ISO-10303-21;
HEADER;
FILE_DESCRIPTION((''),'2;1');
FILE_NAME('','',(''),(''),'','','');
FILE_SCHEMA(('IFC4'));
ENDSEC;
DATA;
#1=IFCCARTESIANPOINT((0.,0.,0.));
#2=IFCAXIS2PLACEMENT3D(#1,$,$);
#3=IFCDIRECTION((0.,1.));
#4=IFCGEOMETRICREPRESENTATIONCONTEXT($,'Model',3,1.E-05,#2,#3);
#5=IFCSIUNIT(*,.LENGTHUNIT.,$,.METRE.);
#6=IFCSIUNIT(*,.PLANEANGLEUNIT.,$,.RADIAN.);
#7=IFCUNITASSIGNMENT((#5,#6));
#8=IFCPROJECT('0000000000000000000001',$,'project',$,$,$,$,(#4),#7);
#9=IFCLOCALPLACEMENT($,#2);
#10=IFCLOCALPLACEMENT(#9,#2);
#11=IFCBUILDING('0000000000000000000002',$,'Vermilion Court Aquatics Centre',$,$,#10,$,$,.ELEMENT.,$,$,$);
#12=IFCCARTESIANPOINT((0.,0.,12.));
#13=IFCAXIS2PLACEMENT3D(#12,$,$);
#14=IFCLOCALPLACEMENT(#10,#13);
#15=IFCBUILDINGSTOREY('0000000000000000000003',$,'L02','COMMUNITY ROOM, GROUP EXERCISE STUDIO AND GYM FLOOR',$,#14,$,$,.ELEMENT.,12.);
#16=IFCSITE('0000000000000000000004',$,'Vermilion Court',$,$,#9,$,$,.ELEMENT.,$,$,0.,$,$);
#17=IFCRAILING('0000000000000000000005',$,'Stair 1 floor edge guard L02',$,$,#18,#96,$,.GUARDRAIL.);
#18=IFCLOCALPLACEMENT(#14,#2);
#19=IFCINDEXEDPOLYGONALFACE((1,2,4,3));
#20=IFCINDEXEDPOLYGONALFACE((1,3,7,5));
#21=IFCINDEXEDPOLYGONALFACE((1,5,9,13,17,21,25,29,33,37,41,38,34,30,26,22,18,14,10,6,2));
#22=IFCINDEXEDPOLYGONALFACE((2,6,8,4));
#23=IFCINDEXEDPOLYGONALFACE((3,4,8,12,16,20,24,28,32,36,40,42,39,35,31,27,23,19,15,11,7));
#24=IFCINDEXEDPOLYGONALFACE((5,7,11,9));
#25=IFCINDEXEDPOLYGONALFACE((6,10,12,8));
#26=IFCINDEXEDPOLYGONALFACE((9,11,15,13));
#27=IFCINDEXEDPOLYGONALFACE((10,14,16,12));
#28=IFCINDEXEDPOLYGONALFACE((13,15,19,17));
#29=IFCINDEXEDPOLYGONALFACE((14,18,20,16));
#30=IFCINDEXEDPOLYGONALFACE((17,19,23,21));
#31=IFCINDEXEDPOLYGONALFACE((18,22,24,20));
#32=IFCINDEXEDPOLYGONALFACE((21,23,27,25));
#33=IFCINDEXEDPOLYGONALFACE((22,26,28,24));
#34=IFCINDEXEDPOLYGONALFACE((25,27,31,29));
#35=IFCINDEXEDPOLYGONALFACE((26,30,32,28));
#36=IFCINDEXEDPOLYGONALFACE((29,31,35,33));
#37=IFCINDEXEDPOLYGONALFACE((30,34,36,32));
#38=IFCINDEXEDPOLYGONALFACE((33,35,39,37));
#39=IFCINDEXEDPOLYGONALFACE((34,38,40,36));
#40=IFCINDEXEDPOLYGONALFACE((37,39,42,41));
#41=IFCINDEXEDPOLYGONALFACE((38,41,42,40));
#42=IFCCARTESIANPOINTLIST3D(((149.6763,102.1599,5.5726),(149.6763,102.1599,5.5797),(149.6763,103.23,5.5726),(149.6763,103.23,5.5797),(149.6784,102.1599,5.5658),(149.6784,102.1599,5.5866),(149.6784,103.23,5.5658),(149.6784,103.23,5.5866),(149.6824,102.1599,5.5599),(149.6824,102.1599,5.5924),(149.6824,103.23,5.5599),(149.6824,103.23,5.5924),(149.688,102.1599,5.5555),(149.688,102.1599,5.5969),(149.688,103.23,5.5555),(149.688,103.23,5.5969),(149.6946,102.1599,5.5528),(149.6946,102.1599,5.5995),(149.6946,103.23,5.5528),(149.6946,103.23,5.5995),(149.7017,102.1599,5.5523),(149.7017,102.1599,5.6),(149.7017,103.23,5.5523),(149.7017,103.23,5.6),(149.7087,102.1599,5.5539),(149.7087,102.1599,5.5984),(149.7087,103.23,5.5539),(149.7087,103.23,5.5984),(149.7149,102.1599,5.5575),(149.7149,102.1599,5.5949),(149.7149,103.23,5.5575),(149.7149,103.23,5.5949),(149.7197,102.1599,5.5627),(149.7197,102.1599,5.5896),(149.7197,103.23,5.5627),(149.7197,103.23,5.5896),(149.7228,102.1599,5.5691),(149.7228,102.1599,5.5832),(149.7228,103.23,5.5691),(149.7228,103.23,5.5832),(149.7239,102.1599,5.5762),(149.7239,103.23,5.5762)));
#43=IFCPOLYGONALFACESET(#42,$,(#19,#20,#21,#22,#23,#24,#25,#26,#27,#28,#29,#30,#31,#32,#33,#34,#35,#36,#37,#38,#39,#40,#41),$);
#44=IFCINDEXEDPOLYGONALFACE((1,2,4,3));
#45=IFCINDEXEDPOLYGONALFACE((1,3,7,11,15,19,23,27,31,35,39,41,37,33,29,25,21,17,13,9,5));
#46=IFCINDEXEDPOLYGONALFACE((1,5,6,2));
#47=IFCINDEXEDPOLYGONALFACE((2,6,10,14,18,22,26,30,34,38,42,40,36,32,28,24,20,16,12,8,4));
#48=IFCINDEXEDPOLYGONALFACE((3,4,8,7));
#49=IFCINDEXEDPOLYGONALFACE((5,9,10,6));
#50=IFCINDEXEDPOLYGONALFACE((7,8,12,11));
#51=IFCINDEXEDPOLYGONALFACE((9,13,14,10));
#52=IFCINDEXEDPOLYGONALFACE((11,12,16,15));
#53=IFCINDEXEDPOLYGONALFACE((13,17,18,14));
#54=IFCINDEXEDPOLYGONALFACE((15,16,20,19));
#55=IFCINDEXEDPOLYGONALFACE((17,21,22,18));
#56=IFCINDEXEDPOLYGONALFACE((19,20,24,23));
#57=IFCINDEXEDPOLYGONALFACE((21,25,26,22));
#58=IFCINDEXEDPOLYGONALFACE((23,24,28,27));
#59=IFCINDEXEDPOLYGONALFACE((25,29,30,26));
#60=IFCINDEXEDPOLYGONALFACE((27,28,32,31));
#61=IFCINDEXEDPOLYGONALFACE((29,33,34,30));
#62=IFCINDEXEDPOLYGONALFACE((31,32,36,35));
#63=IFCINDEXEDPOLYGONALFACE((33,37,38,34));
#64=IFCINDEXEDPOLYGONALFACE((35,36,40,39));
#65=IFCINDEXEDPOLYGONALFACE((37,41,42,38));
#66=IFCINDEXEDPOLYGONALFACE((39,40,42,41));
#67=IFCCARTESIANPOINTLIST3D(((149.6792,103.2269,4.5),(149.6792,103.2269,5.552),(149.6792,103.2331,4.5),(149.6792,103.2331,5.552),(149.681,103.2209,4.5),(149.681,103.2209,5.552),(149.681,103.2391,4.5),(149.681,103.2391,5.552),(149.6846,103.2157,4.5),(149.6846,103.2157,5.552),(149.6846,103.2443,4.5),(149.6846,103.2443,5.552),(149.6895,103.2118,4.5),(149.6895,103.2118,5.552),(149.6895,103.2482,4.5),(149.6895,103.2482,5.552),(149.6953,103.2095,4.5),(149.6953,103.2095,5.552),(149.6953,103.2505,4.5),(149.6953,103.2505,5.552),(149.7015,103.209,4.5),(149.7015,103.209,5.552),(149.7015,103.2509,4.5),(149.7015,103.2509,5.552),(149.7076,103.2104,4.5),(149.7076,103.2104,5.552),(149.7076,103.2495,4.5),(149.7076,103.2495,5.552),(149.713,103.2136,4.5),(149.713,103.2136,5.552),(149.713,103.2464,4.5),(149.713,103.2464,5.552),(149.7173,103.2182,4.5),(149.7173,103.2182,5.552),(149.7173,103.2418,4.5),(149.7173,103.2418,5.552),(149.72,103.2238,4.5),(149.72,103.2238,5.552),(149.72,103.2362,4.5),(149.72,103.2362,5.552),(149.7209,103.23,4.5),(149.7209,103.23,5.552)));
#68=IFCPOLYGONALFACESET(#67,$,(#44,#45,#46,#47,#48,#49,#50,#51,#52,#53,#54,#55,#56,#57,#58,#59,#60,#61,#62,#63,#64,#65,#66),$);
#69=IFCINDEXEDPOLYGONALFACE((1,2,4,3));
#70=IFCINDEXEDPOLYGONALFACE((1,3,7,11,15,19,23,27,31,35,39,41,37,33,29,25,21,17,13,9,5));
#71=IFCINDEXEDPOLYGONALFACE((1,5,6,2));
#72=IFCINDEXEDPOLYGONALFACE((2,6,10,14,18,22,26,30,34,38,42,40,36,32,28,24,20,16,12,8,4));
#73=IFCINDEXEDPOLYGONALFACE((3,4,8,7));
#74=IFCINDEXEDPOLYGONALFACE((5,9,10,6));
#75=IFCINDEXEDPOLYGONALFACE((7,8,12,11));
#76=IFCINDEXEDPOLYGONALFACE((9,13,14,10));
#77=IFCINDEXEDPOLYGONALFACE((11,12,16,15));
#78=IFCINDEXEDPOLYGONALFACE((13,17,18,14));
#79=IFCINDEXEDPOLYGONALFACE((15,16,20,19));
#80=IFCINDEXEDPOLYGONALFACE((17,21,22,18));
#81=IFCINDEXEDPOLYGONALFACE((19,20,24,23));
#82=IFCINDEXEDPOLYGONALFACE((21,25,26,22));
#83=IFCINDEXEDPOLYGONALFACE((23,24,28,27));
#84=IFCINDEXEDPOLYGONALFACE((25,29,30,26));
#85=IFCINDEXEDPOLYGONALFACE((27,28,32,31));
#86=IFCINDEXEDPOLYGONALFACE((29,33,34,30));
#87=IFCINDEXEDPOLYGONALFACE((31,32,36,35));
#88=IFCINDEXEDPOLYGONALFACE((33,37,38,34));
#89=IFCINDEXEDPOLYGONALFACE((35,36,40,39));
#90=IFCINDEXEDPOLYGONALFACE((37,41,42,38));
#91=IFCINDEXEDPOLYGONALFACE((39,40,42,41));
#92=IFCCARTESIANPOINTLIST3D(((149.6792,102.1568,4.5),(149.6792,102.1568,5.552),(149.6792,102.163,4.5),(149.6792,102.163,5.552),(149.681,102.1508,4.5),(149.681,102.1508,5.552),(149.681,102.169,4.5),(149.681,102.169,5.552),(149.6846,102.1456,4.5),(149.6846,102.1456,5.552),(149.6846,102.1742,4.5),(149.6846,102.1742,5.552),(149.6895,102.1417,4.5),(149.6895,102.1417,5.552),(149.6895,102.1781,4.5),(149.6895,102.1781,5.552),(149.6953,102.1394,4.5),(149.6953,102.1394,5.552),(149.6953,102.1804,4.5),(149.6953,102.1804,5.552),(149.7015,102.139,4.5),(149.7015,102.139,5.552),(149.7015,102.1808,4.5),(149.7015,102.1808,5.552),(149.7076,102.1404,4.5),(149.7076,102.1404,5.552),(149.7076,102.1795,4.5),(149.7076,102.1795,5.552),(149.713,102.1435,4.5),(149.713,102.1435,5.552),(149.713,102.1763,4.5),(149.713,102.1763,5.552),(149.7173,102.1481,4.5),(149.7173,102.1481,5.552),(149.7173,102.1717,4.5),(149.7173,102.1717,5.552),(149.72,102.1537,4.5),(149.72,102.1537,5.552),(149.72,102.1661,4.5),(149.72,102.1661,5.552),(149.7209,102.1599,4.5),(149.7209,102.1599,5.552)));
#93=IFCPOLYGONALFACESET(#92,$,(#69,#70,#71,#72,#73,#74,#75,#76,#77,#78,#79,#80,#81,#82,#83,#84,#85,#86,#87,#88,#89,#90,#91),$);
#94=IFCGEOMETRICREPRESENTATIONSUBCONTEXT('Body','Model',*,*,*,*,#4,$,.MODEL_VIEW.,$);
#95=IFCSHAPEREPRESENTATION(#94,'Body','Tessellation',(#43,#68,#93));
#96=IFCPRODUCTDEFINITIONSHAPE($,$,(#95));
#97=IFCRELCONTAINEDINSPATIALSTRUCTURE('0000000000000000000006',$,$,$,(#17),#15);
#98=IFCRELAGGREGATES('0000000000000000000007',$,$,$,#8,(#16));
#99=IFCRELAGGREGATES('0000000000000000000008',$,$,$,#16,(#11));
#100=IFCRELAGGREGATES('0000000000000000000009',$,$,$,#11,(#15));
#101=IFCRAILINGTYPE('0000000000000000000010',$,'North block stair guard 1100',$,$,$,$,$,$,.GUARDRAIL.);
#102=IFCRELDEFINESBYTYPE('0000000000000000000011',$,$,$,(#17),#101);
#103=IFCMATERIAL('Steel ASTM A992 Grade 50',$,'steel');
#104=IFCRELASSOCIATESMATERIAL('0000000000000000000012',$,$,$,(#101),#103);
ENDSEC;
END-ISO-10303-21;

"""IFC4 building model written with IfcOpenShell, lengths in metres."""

from ifc_helpers import new_model, si_unit, direction, frame, origin, origin_2d, place, context, subcontext, project, spatial, circle, extrude, material, type_object, element, save


model = new_model("IFC4")

# Units and contexts
model_context = context("Model", 3, precision=1e-05, world=origin(), true_north=direction((0.0, 1.0)))
body_context = subcontext(model_context, "Body", "Model", "MODEL_VIEW")
ifc_project = project(units=[si_unit("LENGTHUNIT", "METRE"), si_unit("PLANEANGLEUNIT", "RADIAN")], contexts=[model_context])

# Site, building, storey
site_placement = place(None, origin())
site = spatial("IfcSite", under=ifc_project, at=site_placement, Name="Vermilion Court", CompositionType="ELEMENT", RefElevation=0.0)
building_placement = place(site_placement, origin())
building = spatial("IfcBuilding", under=site, at=building_placement, Name="Vermilion Court Aquatics Centre", CompositionType="ELEMENT")
storey_placement = place(building_placement, frame((0.0, 0.0, 12.0)))
storey = spatial("IfcBuildingStorey", under=building, at=storey_placement, Name="L02", Description="COMMUNITY ROOM, GROUP EXERCISE STUDIO AND GYM FLOOR", CompositionType="ELEMENT", Elevation=12.0)

# Railing
ifc_material_1 = material(Name="Steel ASTM A992 Grade 50", Category="steel")
railing_type_1 = type_object("IfcRailingType", Name="North block stair guard 1100", PredefinedType="GUARDRAIL", material=ifc_material_1)
railing_1_placement = place(storey_placement, frame((149.7, 103.23, 4.5)))
element("IfcRailing", 1, at=railing_1_placement, inside=storey, type_object=railing_type_1, Name="Stair 1 floor edge guard L02", PredefinedType="GUARDRAIL", context=body_context, shape_type="SweptSolid", body=[
    extrude(circle(Radius=0.0239, at=origin_2d()), frame((0.0, 0.0, 1.0762), z_axis=(0.0, -1.0, 0.0), x_axis=(1.0, 0.0, 0.0)), (0.0, 0.0, 1.0), 1.0701),
    extrude(circle(Radius=0.021, at=origin_2d()), origin(), (0.0, 0.0, 1.0), 1.052),
    extrude(circle(Radius=0.021, at=origin_2d()), frame((0.0, -1.0701, 0.0)), (0.0, 0.0, 1.0), 1.052),
])

save(model, "model.ifc")
